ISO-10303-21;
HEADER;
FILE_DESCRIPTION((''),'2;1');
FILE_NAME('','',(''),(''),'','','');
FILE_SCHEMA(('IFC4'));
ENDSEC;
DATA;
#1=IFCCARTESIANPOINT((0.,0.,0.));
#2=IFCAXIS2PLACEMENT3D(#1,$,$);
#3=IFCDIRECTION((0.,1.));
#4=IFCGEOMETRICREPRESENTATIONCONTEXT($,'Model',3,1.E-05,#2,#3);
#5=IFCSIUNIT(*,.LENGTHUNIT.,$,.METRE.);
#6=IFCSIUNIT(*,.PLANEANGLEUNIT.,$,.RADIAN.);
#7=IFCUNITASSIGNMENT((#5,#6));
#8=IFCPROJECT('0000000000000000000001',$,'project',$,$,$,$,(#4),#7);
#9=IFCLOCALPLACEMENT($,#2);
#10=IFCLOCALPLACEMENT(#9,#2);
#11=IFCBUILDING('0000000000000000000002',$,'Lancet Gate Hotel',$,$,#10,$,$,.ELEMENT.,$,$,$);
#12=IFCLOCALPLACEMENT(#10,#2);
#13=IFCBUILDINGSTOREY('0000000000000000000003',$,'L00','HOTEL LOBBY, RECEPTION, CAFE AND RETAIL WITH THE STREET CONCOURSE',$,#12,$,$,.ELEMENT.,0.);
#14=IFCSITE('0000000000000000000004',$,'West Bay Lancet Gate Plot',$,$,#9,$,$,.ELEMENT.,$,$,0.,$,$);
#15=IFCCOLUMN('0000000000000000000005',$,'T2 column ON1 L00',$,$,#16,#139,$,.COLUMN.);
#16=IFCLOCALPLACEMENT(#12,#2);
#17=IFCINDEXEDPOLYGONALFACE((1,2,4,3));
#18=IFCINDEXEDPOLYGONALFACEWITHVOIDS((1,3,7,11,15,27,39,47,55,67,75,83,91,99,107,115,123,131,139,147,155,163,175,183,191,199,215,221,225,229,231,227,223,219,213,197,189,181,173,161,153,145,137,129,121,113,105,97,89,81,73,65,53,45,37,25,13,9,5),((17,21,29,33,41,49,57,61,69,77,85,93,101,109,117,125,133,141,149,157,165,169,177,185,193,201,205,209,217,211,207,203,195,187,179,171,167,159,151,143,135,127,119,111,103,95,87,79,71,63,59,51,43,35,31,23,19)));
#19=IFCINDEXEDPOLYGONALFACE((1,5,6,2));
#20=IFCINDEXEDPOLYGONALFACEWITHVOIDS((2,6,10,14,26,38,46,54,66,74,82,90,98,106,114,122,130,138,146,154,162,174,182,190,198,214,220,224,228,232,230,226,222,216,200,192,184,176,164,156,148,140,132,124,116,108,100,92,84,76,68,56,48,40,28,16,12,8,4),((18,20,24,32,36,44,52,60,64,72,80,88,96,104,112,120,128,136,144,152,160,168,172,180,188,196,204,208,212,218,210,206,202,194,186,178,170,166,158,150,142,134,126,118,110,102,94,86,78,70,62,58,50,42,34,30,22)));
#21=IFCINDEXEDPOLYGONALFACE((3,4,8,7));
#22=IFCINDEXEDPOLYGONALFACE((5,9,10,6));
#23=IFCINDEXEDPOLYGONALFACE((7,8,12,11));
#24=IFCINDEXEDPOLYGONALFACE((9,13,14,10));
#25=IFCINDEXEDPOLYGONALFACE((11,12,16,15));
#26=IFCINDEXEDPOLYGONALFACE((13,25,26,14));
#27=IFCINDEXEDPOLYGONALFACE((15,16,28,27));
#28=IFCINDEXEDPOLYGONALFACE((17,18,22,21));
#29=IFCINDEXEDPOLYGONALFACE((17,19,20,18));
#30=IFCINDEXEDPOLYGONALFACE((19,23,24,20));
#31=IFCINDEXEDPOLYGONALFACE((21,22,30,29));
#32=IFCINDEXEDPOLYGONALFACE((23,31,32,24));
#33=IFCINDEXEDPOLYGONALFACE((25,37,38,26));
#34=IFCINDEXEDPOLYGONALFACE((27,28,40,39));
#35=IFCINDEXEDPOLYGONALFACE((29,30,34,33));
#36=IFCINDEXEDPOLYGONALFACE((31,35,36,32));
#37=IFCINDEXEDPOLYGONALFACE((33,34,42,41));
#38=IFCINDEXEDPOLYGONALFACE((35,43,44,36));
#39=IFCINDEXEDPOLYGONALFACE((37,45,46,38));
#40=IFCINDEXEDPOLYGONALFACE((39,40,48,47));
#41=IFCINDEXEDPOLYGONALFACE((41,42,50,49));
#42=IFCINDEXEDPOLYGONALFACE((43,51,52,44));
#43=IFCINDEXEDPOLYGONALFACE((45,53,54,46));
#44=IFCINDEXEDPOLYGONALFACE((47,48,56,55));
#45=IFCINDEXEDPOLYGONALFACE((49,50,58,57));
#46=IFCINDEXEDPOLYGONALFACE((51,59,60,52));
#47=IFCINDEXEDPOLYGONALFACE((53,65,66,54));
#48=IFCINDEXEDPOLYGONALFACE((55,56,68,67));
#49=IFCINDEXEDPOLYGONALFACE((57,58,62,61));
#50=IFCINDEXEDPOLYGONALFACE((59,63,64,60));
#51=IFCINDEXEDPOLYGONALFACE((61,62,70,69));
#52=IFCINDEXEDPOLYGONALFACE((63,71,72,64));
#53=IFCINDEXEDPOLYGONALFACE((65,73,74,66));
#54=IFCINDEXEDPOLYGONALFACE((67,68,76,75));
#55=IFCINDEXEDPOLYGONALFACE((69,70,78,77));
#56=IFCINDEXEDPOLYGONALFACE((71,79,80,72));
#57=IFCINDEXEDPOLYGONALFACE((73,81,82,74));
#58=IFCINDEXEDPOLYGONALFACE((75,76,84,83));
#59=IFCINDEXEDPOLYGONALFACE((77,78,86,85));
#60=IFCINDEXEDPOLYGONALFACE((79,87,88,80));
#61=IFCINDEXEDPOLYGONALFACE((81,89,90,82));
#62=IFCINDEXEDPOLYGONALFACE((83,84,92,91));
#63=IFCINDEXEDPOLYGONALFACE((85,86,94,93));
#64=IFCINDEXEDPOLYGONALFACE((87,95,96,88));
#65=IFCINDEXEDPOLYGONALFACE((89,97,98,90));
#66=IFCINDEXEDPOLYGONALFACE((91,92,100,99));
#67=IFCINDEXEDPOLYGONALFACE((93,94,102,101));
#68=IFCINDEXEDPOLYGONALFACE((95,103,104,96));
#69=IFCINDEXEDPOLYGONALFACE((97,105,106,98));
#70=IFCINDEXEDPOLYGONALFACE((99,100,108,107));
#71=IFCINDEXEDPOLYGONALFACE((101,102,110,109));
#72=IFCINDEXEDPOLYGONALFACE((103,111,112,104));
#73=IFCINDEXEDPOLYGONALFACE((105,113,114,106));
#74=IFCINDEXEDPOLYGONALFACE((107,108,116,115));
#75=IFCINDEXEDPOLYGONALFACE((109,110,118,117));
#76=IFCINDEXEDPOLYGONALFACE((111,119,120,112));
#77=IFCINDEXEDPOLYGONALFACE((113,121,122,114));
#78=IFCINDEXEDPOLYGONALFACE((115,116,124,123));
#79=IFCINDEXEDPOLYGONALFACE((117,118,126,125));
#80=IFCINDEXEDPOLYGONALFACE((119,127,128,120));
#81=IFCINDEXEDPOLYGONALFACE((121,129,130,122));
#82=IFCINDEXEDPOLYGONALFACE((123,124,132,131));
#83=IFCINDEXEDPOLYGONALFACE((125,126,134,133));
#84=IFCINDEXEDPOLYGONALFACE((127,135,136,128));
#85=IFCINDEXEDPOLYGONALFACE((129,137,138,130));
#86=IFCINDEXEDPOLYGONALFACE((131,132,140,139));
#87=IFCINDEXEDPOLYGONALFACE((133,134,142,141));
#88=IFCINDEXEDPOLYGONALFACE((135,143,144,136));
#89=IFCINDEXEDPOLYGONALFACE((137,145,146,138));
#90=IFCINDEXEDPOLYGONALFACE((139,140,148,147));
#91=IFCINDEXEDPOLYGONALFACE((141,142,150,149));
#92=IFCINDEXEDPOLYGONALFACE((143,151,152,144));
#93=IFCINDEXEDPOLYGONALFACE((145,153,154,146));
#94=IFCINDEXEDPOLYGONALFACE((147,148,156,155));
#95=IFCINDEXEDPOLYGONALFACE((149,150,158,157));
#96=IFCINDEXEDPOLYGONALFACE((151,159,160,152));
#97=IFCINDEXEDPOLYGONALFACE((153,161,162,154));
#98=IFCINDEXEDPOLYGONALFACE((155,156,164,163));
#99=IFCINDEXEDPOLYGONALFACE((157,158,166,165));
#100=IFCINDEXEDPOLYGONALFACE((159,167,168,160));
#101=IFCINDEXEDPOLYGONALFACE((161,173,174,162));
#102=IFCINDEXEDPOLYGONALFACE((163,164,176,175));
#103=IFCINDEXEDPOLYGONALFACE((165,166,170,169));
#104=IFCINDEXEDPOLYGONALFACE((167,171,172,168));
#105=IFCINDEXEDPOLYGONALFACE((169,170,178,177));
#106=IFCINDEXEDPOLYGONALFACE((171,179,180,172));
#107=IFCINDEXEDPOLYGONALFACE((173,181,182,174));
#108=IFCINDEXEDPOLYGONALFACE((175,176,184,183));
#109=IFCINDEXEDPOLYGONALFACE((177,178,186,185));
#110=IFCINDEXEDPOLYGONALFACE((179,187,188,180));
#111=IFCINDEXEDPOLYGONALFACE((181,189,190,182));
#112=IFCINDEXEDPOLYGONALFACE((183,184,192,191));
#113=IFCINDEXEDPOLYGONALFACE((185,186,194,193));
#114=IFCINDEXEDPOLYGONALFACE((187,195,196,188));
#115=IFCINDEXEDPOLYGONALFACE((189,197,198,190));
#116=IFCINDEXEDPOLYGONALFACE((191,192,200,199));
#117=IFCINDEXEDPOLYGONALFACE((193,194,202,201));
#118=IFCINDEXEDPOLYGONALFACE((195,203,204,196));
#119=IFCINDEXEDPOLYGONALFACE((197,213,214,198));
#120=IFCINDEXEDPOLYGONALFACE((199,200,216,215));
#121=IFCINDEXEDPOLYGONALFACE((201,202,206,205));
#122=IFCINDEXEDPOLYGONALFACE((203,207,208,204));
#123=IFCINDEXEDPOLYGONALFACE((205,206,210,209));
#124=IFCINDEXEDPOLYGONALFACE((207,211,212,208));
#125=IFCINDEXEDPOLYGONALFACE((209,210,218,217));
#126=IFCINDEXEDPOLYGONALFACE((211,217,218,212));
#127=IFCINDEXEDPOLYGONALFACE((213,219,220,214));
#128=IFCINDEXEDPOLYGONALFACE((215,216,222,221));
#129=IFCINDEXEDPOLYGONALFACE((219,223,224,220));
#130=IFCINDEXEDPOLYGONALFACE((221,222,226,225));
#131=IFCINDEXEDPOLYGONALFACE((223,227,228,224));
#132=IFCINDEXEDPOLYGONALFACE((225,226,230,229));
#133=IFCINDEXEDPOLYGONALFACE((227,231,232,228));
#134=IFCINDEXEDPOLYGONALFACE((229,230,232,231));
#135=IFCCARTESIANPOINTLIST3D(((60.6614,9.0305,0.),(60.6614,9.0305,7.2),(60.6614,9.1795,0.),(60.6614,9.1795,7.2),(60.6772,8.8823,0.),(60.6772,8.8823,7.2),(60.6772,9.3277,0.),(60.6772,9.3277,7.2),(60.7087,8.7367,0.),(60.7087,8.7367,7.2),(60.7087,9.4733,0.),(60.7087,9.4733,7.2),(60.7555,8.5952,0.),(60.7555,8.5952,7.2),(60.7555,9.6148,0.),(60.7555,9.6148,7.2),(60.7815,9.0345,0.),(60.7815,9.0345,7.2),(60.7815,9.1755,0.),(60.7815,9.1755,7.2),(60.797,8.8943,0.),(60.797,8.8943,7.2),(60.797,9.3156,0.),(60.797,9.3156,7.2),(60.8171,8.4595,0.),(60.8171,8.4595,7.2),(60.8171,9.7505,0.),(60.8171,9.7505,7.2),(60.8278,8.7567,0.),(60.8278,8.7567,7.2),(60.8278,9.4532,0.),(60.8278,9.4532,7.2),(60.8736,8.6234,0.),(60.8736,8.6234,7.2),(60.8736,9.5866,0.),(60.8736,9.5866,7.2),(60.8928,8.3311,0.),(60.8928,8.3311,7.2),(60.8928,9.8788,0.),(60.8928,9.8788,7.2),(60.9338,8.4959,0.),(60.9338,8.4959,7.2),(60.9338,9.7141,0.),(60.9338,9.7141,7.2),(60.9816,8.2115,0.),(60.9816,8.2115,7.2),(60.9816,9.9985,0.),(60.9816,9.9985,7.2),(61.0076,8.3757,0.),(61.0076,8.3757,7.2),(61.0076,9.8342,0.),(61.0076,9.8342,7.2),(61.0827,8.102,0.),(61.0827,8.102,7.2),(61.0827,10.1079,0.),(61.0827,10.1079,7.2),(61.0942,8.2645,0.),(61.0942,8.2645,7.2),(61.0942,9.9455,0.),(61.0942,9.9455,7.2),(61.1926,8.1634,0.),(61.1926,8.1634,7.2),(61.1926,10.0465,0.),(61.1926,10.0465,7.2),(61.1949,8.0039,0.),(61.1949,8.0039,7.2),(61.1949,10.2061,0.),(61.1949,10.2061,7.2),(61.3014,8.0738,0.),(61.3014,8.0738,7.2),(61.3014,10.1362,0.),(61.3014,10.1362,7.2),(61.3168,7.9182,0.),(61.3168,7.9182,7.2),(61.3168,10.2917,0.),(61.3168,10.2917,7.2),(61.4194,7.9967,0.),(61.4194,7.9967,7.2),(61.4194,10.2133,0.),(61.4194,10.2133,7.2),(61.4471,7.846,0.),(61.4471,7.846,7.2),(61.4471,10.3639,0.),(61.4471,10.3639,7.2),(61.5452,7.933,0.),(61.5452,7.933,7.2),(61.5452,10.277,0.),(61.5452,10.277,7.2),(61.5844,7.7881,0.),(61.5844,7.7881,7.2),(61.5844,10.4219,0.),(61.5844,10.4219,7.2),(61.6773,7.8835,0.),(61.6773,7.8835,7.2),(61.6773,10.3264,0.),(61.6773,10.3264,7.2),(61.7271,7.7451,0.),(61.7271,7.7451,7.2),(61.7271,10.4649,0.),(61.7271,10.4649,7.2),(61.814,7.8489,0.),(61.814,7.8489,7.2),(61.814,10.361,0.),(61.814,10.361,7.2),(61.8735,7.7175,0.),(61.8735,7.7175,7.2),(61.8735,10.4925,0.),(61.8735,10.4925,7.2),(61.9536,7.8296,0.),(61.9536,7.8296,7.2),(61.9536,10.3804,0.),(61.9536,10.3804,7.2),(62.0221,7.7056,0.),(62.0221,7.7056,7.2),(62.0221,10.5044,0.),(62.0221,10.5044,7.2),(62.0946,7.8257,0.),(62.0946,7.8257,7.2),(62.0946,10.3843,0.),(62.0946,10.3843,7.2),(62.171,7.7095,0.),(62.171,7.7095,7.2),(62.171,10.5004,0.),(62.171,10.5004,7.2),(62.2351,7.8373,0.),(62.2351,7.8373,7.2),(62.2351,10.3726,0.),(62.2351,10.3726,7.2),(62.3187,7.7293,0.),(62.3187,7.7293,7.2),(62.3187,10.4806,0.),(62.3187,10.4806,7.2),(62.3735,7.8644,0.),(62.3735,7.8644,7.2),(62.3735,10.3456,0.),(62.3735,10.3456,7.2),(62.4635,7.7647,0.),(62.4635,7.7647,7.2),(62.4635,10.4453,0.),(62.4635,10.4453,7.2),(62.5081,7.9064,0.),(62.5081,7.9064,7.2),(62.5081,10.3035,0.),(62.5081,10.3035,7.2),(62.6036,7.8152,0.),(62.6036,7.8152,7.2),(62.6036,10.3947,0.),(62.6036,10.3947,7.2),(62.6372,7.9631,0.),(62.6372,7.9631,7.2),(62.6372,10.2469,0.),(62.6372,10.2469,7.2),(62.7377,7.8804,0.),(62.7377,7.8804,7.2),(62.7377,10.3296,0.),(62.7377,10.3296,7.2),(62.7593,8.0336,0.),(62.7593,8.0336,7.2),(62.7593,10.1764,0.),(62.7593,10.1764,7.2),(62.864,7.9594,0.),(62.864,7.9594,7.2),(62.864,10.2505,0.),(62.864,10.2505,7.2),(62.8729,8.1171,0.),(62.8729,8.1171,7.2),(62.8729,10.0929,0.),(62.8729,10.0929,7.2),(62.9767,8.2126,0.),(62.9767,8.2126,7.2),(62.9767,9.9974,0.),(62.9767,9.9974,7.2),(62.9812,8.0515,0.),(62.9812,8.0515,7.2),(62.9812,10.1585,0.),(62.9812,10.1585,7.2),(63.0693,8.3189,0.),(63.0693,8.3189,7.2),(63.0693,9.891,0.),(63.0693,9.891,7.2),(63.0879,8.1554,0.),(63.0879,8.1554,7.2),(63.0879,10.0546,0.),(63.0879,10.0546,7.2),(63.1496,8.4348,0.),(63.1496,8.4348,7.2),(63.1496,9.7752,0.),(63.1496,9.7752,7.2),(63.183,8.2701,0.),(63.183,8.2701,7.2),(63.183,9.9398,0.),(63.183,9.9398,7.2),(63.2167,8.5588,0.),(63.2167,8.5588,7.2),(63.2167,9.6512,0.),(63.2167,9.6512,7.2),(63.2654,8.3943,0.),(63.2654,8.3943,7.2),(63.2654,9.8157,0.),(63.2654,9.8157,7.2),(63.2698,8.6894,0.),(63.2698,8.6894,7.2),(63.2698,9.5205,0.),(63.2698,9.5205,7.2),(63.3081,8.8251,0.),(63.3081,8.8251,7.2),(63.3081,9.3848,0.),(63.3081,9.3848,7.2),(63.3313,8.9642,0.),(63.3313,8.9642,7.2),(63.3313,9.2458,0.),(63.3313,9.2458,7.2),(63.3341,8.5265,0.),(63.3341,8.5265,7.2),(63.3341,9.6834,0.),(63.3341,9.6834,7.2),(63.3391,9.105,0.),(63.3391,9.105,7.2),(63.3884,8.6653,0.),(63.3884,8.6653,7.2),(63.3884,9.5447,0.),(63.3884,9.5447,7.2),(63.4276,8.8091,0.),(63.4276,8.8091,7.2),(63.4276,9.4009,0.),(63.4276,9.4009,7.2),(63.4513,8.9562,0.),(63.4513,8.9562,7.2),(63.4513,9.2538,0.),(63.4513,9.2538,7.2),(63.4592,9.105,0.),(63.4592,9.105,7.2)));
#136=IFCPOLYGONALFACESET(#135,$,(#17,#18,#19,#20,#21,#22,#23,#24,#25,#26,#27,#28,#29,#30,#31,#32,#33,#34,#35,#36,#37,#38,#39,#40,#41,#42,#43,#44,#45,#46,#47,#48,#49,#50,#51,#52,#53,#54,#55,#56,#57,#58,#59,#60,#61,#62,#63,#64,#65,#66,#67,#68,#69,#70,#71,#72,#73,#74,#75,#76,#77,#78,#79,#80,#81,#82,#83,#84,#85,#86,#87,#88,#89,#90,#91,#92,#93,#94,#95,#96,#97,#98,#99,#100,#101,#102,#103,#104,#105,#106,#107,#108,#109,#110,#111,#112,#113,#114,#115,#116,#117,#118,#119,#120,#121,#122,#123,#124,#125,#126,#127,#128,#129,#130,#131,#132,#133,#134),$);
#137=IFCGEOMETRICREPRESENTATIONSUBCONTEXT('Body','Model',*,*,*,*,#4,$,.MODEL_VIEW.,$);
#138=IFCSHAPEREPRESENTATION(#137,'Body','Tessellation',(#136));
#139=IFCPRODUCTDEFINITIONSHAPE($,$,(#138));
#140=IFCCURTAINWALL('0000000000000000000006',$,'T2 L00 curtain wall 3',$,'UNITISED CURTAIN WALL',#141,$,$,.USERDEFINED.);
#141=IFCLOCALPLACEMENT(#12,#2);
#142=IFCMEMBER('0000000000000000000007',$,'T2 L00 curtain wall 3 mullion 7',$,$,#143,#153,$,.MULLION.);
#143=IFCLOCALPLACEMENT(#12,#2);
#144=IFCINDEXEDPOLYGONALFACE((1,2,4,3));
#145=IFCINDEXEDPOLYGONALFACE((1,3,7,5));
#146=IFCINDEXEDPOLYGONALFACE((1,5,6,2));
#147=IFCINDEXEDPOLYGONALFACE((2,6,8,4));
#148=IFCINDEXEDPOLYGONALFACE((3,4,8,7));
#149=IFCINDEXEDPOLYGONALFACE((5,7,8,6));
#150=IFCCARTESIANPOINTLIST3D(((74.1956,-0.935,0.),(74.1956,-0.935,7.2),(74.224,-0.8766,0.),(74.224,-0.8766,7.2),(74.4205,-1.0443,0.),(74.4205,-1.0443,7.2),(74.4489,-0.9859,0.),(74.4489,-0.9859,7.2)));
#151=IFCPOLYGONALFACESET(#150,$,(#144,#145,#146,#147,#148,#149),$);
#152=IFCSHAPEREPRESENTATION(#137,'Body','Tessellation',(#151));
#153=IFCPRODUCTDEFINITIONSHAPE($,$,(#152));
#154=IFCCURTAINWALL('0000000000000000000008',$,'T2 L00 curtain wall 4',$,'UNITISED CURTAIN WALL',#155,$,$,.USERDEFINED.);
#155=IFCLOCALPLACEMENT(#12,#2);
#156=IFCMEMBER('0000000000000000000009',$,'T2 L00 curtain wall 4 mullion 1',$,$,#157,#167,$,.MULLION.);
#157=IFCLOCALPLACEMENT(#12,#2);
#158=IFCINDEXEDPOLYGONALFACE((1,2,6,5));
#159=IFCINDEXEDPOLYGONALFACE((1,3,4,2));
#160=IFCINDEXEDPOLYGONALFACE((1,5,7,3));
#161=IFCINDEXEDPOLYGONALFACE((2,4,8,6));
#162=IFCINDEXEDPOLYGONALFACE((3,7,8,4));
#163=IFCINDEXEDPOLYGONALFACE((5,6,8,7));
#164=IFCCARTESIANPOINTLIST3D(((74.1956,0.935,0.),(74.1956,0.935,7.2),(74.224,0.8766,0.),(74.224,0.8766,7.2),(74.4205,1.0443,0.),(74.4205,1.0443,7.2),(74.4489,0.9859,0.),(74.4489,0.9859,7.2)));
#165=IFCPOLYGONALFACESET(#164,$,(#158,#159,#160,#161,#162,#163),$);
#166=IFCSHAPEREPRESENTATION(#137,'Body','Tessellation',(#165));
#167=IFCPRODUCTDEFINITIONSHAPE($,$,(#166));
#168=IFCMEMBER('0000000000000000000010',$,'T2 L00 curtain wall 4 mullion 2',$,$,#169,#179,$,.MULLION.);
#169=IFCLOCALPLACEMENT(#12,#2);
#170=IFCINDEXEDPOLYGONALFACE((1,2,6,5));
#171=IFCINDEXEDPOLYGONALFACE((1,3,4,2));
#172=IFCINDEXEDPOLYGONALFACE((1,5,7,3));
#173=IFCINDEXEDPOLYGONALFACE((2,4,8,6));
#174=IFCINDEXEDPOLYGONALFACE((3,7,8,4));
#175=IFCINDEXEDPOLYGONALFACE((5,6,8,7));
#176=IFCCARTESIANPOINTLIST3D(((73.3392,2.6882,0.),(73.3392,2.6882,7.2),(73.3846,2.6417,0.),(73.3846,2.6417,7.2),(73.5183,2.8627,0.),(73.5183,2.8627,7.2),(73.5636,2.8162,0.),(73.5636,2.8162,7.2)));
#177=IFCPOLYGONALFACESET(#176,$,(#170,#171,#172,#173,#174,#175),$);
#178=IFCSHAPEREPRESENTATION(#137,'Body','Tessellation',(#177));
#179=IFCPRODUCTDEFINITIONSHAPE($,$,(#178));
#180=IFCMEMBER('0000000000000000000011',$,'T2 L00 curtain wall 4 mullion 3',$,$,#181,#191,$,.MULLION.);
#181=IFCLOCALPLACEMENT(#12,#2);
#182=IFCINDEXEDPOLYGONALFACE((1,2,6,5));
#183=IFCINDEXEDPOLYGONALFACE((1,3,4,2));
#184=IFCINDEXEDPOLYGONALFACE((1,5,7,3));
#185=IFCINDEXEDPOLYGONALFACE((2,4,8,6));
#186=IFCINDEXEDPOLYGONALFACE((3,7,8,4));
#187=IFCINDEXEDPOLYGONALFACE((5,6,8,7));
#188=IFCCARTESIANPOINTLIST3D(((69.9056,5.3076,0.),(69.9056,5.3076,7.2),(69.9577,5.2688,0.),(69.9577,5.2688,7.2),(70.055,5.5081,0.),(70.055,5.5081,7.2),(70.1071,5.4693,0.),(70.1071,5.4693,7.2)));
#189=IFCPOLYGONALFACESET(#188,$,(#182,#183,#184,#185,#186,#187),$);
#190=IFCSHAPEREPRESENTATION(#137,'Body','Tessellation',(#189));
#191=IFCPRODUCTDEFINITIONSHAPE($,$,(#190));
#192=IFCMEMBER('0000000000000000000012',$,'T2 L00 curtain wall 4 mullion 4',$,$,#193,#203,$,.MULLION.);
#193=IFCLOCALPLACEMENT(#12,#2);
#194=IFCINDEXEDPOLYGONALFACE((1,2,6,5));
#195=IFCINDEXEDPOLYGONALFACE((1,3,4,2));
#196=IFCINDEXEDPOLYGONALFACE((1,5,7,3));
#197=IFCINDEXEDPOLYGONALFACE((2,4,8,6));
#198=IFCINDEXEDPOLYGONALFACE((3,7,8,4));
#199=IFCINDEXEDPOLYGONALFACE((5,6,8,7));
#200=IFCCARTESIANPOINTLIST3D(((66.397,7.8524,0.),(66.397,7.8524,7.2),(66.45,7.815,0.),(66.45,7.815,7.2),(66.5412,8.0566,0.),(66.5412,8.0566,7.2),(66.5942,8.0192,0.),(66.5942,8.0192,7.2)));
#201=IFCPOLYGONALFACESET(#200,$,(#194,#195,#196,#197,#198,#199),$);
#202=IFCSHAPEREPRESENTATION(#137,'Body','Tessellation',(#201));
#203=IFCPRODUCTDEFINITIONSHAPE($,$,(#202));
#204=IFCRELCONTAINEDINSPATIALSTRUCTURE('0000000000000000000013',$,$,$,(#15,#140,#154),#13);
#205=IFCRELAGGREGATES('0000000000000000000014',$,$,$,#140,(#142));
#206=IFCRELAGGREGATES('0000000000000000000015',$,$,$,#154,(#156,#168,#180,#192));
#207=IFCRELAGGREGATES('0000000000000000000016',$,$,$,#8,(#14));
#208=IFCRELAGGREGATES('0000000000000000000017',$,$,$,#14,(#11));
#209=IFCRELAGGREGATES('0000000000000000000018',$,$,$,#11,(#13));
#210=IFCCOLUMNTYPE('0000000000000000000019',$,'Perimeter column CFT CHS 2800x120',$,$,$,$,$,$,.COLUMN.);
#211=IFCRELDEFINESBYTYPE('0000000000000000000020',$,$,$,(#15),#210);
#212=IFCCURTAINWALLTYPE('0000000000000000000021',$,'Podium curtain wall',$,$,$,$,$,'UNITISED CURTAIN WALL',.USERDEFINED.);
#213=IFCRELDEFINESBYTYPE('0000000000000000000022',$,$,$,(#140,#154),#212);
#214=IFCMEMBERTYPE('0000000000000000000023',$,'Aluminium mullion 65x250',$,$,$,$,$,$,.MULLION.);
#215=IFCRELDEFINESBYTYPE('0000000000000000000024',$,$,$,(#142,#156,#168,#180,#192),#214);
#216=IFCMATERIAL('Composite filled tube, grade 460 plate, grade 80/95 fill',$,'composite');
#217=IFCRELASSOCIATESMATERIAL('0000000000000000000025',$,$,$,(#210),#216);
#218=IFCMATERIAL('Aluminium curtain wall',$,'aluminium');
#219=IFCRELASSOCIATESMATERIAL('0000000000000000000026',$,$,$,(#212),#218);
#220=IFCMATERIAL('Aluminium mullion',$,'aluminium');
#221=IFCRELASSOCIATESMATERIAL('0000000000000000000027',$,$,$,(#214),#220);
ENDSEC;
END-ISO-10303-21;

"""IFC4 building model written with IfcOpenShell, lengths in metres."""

from ifc_helpers import new_model, si_unit, direction, frame, origin, origin_2d, place, context, subcontext, project, spatial, rectangle, hollow_circle, extrude, material, material_profile, profile_set, type_object, element, aggregate, save


model = new_model("IFC4")

# Units and contexts
model_context = context("Model", 3, precision=1e-05, world=origin(), true_north=direction((0.0, 1.0)))
body_context = subcontext(model_context, "Body", "Model", "MODEL_VIEW")
ifc_project = project(units=[si_unit("LENGTHUNIT", "METRE"), si_unit("PLANEANGLEUNIT", "RADIAN")], contexts=[model_context])

# Site, building, storey
site_placement = place(None, origin())
site = spatial("IfcSite", under=ifc_project, at=site_placement, Name="West Bay Lancet Gate Plot", CompositionType="ELEMENT", RefElevation=0.0)
building_placement = place(site_placement, origin())
building = spatial("IfcBuilding", under=site, at=building_placement, Name="Lancet Gate Hotel", CompositionType="ELEMENT")
storey_placement = place(building_placement, origin())
storey = spatial("IfcBuildingStorey", under=building, at=storey_placement, Name="L00", Description="HOTEL LOBBY, RECEPTION, CAFE AND RETAIL WITH THE STREET CONCOURSE", CompositionType="ELEMENT", Elevation=0.0)

# Column
ifc_material_1 = material(Name="Composite filled tube, grade 460 plate, grade 80/95 fill", Category="composite")
ifc_material_profile_1 = material_profile(ifc_material_1, hollow_circle(Radius=1.3999, WallThickness=0.1201, at=origin_2d()), Name="CHS 2800x120")
ifc_profile_set_1 = profile_set([ifc_material_profile_1], Name="Composite filled tube, grade 460 plate, grade 80/95 fill")
column_type_1 = type_object("IfcColumnType", Name="Perimeter column CFT CHS 2800x120", PredefinedType="COLUMN", material=ifc_profile_set_1)
column_1_placement = place(storey_placement, frame((62.0593, 9.105, 0.0), z_axis=(0.0, 0.0, 1.0), x_axis=(1.0, 0.0, 0.0)))
element("IfcColumn", 1, at=column_1_placement, inside=storey, type_object=column_type_1, Name="T2 column ON1 L00", PredefinedType="COLUMN", context=body_context, shape_type="SweptSolid", body=[
    extrude(hollow_circle(Radius=1.3999, WallThickness=0.1201, at=origin_2d()), origin(), (0.0, 0.0, 1.0), 7.2),
])

# Curtain wall, member
ifc_material_2 = material(Name="Aluminium curtain wall", Category="aluminium")
curtain_wall_type = type_object("IfcCurtainWallType", Name="Podium curtain wall", ElementType="UNITISED CURTAIN WALL", PredefinedType="USERDEFINED", material=ifc_material_2)
curtain_wall_1_placement = place(storey_placement, origin())
curtain_wall_1 = element("IfcCurtainWall", 2, at=curtain_wall_1_placement, inside=storey, type_object=curtain_wall_type, Name="T2 L00 curtain wall 3", ObjectType="UNITISED CURTAIN WALL", PredefinedType="USERDEFINED")
ifc_material_3 = material(Name="Aluminium mullion", Category="aluminium")
ifc_material_profile_2 = material_profile(ifc_material_3, rectangle(XDim=0.0649, YDim=0.25, at=origin_2d()), Name="MULLION 65x250")
ifc_profile_set_2 = profile_set([ifc_material_profile_2], Name="Aluminium mullion")
member_type_1 = type_object("IfcMemberType", Name="Aluminium mullion 65x250", PredefinedType="MULLION", material=ifc_profile_set_2)
member_1_placement = place(storey_placement, frame((74.3223, -0.9604, 0.0), z_axis=(0.0, 0.0, 1.0), x_axis=(0.437169, 0.899379, 0.0)))
member_1 = element("IfcMember", 3, at=member_1_placement, type_object=member_type_1, Name="T2 L00 curtain wall 3 mullion 7", PredefinedType="MULLION", context=body_context, shape_type="SweptSolid", body=[
    extrude(rectangle(XDim=0.0649, YDim=0.25, at=origin_2d()), origin(), (0.0, 0.0, 1.0), 7.2),
])
aggregate(curtain_wall_1, [member_1])

# Curtain wall, members
curtain_wall_2_placement = place(storey_placement, origin())
curtain_wall_2 = element("IfcCurtainWall", 4, at=curtain_wall_2_placement, inside=storey, type_object=curtain_wall_type, Name="T2 L00 curtain wall 4", ObjectType="UNITISED CURTAIN WALL", PredefinedType="USERDEFINED")
member_2_placement = place(storey_placement, frame((74.3223, 0.9604, 0.0), z_axis=(0.0, 0.0, 1.0), x_axis=(-0.437169, 0.899379, 0.0)))
member_2 = element("IfcMember", 5, at=member_2_placement, type_object=member_type_1, Name="T2 L00 curtain wall 4 mullion 1", PredefinedType="MULLION", context=body_context, shape_type="SweptSolid", body=[
    extrude(rectangle(XDim=0.0649, YDim=0.25, at=origin_2d()), origin(), (0.0, 0.0, 1.0), 7.2),
])
member_3_placement = place(storey_placement, frame((73.4514, 2.7522, 0.0), z_axis=(0.0, 0.0, 1.0), x_axis=(-0.697983, 0.716114, 0.0)))
member_3 = element("IfcMember", 6, at=member_3_placement, type_object=member_type_1, Name="T2 L00 curtain wall 4 mullion 2", PredefinedType="MULLION", context=body_context, shape_type="SweptSolid", body=[
    extrude(rectangle(XDim=0.0649, YDim=0.25, at=origin_2d()), origin(), (0.0, 0.0, 1.0), 7.2),
])
member_4_placement = place(storey_placement, frame((70.0063, 5.3884, 0.0), z_axis=(0.0, 0.0, 1.0), x_axis=(-0.80183, 0.597552, 0.0)))
member_4 = element("IfcMember", 7, at=member_4_placement, type_object=member_type_1, Name="T2 L00 curtain wall 4 mullion 3", PredefinedType="MULLION", context=body_context, shape_type="SweptSolid", body=[
    extrude(rectangle(XDim=0.0649, YDim=0.25, at=origin_2d()), origin(), (0.0, 0.0, 1.0), 7.2),
])
member_5_placement = place(storey_placement, frame((66.4956, 7.9358, 0.0), z_axis=(0.0, 0.0, 1.0), x_axis=(-0.816779, 0.576951, 0.0)))
member_5 = element("IfcMember", 8, at=member_5_placement, type_object=member_type_1, Name="T2 L00 curtain wall 4 mullion 4", PredefinedType="MULLION", context=body_context, shape_type="SweptSolid", body=[
    extrude(rectangle(XDim=0.0649, YDim=0.25, at=origin_2d()), origin(), (0.0, 0.0, 1.0), 7.2),
])

aggregate(curtain_wall_2, [member_2, member_3, member_4, member_5])

save(model, "model.ifc")
